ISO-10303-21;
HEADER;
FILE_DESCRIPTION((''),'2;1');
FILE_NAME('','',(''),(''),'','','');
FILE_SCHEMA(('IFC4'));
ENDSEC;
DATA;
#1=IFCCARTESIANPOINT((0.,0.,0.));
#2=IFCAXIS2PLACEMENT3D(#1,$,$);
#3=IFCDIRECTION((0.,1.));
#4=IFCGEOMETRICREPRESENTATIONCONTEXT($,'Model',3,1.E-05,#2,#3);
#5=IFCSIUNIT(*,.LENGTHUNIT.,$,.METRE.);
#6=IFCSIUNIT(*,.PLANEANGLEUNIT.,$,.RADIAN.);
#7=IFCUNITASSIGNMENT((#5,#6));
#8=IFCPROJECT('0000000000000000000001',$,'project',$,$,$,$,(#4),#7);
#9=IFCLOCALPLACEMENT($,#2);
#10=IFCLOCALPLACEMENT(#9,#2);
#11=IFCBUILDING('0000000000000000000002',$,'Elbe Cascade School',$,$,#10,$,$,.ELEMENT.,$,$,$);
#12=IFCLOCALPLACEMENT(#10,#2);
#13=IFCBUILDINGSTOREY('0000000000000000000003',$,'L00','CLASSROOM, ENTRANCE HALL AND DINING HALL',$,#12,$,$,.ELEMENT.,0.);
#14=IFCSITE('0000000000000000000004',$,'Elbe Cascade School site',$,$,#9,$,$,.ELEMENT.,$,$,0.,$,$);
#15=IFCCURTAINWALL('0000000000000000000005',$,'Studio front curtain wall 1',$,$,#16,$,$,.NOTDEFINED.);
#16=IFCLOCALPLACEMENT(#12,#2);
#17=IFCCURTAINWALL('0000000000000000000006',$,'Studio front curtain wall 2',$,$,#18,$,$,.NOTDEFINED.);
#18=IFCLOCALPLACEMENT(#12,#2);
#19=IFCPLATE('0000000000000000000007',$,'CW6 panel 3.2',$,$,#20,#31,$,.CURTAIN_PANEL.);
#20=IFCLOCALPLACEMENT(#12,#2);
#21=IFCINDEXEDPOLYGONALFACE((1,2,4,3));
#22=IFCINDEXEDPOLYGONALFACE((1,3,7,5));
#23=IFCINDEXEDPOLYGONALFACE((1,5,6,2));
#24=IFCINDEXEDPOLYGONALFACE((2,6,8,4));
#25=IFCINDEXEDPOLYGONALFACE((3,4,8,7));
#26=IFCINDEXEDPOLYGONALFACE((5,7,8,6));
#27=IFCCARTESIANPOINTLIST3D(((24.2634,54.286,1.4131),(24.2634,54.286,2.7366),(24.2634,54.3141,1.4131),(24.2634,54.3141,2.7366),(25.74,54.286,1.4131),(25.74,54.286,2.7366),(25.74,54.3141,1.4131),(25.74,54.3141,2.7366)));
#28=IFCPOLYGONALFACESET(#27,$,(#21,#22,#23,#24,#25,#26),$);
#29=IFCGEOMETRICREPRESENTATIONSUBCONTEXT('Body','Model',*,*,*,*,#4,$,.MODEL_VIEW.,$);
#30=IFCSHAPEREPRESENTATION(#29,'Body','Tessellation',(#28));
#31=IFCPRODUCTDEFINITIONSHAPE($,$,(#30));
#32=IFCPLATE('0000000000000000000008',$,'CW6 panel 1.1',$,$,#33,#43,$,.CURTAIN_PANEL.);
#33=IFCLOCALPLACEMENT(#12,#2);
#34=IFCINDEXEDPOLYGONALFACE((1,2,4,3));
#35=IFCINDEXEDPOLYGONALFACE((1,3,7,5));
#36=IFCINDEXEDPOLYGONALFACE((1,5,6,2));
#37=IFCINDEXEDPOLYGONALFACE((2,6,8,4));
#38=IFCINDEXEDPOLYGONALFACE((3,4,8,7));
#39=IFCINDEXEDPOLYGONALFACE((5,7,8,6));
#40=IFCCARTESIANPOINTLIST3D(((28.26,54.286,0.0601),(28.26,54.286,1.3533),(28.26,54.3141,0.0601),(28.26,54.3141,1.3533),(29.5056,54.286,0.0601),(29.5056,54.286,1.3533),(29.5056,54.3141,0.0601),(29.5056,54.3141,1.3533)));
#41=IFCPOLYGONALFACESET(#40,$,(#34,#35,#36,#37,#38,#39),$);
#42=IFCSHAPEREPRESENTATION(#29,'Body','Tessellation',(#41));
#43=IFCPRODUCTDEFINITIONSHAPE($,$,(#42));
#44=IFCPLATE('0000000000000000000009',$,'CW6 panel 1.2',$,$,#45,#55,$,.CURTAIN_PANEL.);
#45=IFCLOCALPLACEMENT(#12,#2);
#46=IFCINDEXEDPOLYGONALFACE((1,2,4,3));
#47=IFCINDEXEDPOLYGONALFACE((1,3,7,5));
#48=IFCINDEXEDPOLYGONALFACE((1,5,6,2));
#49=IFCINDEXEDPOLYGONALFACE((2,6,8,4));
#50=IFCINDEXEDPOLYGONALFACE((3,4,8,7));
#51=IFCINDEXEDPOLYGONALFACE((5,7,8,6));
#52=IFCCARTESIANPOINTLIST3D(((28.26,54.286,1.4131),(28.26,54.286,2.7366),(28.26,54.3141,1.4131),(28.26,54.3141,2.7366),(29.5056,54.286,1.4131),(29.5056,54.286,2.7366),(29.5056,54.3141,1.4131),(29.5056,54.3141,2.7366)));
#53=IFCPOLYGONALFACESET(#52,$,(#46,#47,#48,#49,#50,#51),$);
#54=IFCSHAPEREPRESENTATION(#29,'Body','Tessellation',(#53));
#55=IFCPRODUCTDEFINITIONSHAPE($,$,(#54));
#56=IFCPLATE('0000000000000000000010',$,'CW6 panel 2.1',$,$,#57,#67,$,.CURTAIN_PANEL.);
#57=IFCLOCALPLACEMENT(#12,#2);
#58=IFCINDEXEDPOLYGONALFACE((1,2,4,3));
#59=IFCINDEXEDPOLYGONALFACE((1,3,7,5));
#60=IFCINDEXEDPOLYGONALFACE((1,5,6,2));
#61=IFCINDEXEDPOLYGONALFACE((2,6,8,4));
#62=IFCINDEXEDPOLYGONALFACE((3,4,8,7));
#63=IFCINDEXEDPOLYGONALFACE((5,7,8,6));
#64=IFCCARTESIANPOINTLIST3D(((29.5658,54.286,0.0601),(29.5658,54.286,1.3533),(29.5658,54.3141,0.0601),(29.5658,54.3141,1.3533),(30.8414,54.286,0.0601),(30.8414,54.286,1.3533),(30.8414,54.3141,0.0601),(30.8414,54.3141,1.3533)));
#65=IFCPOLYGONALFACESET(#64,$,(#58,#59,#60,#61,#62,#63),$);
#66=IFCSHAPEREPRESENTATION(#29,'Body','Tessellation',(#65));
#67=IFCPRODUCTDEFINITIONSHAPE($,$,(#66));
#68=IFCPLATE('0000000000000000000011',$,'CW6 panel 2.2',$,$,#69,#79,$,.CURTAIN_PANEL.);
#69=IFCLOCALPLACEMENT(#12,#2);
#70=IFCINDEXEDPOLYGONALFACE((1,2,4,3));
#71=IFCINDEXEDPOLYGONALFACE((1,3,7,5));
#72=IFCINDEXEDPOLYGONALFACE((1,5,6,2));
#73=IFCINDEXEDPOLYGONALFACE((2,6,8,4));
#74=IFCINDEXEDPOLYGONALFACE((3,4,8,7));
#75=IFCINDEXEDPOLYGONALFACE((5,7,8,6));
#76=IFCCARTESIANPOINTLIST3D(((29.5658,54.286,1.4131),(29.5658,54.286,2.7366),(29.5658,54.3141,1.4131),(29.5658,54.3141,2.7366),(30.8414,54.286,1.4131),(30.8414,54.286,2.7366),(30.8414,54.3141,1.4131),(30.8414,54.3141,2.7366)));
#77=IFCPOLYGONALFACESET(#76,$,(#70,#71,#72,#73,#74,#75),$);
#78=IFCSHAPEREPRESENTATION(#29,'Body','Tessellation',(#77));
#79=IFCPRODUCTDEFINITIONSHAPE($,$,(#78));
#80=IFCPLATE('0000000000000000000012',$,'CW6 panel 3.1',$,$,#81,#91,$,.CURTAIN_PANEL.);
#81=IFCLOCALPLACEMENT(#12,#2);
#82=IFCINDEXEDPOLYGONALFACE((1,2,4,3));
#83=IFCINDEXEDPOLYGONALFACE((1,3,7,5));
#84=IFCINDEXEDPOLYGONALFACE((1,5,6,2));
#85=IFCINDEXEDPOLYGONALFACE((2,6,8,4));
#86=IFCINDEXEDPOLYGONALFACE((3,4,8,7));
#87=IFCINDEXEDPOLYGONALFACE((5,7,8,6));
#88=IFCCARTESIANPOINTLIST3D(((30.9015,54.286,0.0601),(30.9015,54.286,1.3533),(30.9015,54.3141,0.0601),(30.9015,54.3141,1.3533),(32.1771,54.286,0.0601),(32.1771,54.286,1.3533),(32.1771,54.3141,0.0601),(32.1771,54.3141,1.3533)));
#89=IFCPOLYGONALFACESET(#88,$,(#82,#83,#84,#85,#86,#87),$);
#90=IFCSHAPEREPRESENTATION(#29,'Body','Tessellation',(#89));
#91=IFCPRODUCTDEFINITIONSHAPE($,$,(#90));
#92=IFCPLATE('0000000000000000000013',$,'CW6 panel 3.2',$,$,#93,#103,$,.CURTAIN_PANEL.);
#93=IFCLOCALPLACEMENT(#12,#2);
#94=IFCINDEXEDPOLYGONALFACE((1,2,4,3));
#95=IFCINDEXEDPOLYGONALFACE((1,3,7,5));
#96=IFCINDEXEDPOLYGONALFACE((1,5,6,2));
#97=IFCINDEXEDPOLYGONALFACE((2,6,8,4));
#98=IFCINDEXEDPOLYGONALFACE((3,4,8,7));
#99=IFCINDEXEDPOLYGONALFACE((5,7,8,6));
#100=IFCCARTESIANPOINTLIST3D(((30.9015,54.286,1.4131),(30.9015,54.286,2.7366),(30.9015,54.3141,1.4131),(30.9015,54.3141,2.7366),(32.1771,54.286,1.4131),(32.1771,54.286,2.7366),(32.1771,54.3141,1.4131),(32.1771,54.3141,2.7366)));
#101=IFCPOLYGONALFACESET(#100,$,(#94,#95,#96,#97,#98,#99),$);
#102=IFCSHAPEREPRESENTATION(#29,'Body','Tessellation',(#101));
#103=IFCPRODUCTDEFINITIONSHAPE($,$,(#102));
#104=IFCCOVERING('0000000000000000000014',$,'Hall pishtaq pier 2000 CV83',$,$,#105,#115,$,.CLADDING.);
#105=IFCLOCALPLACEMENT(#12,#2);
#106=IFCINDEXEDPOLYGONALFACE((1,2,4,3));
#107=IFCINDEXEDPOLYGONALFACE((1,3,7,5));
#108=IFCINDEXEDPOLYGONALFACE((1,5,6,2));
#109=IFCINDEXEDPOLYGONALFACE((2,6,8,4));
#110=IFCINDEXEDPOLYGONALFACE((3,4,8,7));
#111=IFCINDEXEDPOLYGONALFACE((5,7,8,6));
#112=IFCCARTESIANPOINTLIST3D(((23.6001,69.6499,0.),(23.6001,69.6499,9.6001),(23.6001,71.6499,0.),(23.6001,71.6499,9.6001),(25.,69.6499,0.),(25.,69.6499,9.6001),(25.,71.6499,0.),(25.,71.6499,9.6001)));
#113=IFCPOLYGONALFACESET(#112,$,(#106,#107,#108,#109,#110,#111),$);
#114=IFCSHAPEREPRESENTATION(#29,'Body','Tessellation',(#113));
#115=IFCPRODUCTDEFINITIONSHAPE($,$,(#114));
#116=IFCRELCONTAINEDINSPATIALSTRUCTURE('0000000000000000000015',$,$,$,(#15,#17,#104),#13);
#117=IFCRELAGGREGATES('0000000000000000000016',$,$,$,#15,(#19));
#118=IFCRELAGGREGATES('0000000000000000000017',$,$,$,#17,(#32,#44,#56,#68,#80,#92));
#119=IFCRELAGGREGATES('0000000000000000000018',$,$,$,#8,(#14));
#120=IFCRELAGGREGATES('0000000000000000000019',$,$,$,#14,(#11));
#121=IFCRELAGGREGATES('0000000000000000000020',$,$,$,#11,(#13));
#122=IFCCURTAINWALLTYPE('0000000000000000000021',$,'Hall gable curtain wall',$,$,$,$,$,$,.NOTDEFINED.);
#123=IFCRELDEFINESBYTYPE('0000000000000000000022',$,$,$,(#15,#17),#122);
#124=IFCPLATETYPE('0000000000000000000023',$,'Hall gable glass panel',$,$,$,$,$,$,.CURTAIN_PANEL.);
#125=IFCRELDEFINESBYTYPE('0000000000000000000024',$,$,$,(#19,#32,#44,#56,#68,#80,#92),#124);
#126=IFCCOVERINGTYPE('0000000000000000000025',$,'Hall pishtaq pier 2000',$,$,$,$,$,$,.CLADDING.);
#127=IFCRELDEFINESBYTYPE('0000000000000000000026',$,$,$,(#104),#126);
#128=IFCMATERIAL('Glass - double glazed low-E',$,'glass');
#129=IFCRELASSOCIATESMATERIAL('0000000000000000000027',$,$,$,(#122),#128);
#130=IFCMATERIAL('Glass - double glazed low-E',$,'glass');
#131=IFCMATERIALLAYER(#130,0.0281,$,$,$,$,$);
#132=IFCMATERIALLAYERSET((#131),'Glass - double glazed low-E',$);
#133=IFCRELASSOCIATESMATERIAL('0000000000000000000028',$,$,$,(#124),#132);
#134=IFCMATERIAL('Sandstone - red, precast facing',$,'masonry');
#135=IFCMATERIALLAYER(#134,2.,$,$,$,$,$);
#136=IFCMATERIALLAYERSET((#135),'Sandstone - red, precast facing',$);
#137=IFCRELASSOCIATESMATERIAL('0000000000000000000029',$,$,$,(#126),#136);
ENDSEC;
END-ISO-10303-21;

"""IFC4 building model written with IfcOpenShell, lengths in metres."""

from ifc_helpers import new_model, si_unit, direction, frame, frame_2d, origin, origin_2d, place, context, subcontext, project, spatial, rectangle, extrude, material, layer, layer_set, type_object, element, aggregate, save


model = new_model("IFC4")

# Units and contexts
model_context = context("Model", 3, precision=1e-05, world=origin(), true_north=direction((0.0, 1.0)))
body_context = subcontext(model_context, "Body", "Model", "MODEL_VIEW")
ifc_project = project(units=[si_unit("LENGTHUNIT", "METRE"), si_unit("PLANEANGLEUNIT", "RADIAN")], contexts=[model_context])

# Site, building, storey
site_placement = place(None, origin())
site = spatial("IfcSite", under=ifc_project, at=site_placement, Name="Elbe Cascade School site", CompositionType="ELEMENT", RefElevation=0.0)
building_placement = place(site_placement, origin())
building = spatial("IfcBuilding", under=site, at=building_placement, Name="Elbe Cascade School", CompositionType="ELEMENT")
storey_placement = place(building_placement, origin())
storey = spatial("IfcBuildingStorey", under=building, at=storey_placement, Name="L00", Description="CLASSROOM, ENTRANCE HALL AND DINING HALL", CompositionType="ELEMENT", Elevation=0.0)

# Curtain walls
ifc_material_1 = material(Name="Glass - double glazed low-E", Category="glass")
curtain_wall_type = type_object("IfcCurtainWallType", Name="Hall gable curtain wall", PredefinedType="NOTDEFINED", material=ifc_material_1)
curtain_wall_1_placement = place(storey_placement, origin())
curtain_wall_1 = element("IfcCurtainWall", 1, at=curtain_wall_1_placement, inside=storey, type_object=curtain_wall_type, Name="Studio front curtain wall 1", PredefinedType="NOTDEFINED")
curtain_wall_2_placement = place(storey_placement, origin())
curtain_wall_2 = element("IfcCurtainWall", 2, at=curtain_wall_2_placement, inside=storey, type_object=curtain_wall_type, Name="Studio front curtain wall 2", PredefinedType="NOTDEFINED")

# Plates
ifc_material_2 = material(Name="Glass - double glazed low-E", Category="glass")
ifc_layer_1 = layer(ifc_material_2, 0.0281)
ifc_layer_set_1 = layer_set([ifc_layer_1], Name="Glass - double glazed low-E")
plate_type = type_object("IfcPlateType", Name="Hall gable glass panel", PredefinedType="CURTAIN_PANEL", material=ifc_layer_set_1)
plate_1_placement = place(storey_placement, frame((25.0017, 54.3, 1.4131), z_axis=(0.0, 0.0, 1.0), x_axis=(1.0, 0.0, 0.0)))
plate_1 = element("IfcPlate", 3, at=plate_1_placement, type_object=plate_type, Name="CW6 panel 3.2", PredefinedType="CURTAIN_PANEL", context=body_context, shape_type="SweptSolid", body=[
    extrude(rectangle(XDim=1.4766, YDim=0.0281, at=origin_2d()), origin(), (0.0, 0.0, 1.0), 1.3235),
])
aggregate(curtain_wall_1, [plate_1])
plate_2_placement = place(storey_placement, frame((28.8828, 54.3, 0.0601), z_axis=(0.0, 0.0, 1.0), x_axis=(1.0, 0.0, 0.0)))
plate_2 = element("IfcPlate", 4, at=plate_2_placement, type_object=plate_type, Name="CW6 panel 1.1", PredefinedType="CURTAIN_PANEL", context=body_context, shape_type="SweptSolid", body=[
    extrude(rectangle(XDim=1.2456, YDim=0.0281, at=origin_2d()), origin(), (0.0, 0.0, 1.0), 1.2932),
])
plate_3_placement = place(storey_placement, frame((28.8828, 54.3, 1.4131), z_axis=(0.0, 0.0, 1.0), x_axis=(1.0, 0.0, 0.0)))
plate_3 = element("IfcPlate", 5, at=plate_3_placement, type_object=plate_type, Name="CW6 panel 1.2", PredefinedType="CURTAIN_PANEL", context=body_context, shape_type="SweptSolid", body=[
    extrude(rectangle(XDim=1.2456, YDim=0.0281, at=origin_2d()), origin(), (0.0, 0.0, 1.0), 1.3235),
])
plate_4_placement = place(storey_placement, frame((30.2036, 54.3, 0.0601), z_axis=(0.0, 0.0, 1.0), x_axis=(1.0, 0.0, 0.0)))
plate_4 = element("IfcPlate", 6, at=plate_4_placement, type_object=plate_type, Name="CW6 panel 2.1", PredefinedType="CURTAIN_PANEL", context=body_context, shape_type="SweptSolid", body=[
    extrude(rectangle(XDim=1.2756, YDim=0.0281, at=origin_2d()), origin(), (0.0, 0.0, 1.0), 1.2932),
])
plate_5_placement = place(storey_placement, frame((30.2036, 54.3, 1.4131), z_axis=(0.0, 0.0, 1.0), x_axis=(1.0, 0.0, 0.0)))
plate_5 = element("IfcPlate", 7, at=plate_5_placement, type_object=plate_type, Name="CW6 panel 2.2", PredefinedType="CURTAIN_PANEL", context=body_context, shape_type="SweptSolid", body=[
    extrude(rectangle(XDim=1.2756, YDim=0.0281, at=origin_2d()), origin(), (0.0, 0.0, 1.0), 1.3235),
])
plate_6_placement = place(storey_placement, frame((31.5393, 54.3, 0.0601), z_axis=(0.0, 0.0, 1.0), x_axis=(1.0, 0.0, 0.0)))
plate_6 = element("IfcPlate", 8, at=plate_6_placement, type_object=plate_type, Name="CW6 panel 3.1", PredefinedType="CURTAIN_PANEL", context=body_context, shape_type="SweptSolid", body=[
    extrude(rectangle(XDim=1.2756, YDim=0.0281, at=origin_2d()), origin(), (0.0, 0.0, 1.0), 1.2932),
])
plate_7_placement = place(storey_placement, frame((31.5393, 54.3, 1.4131), z_axis=(0.0, 0.0, 1.0), x_axis=(1.0, 0.0, 0.0)))
plate_7 = element("IfcPlate", 9, at=plate_7_placement, type_object=plate_type, Name="CW6 panel 3.2", PredefinedType="CURTAIN_PANEL", context=body_context, shape_type="SweptSolid", body=[
    extrude(rectangle(XDim=1.2756, YDim=0.0281, at=origin_2d()), origin(), (0.0, 0.0, 1.0), 1.3235),
])
aggregate(curtain_wall_2, [plate_2, plate_3, plate_4, plate_5, plate_6, plate_7])

# Covering
ifc_material_3 = material(Name="Sandstone - red, precast facing", Category="masonry")
ifc_layer_2 = layer(ifc_material_3, 2.0)
ifc_layer_set_2 = layer_set([ifc_layer_2], Name="Sandstone - red, precast facing")
covering_type = type_object("IfcCoveringType", Name="Hall pishtaq pier 2000", PredefinedType="CLADDING", material=ifc_layer_set_2)
covering_placement = place(storey_placement, frame((23.6001, 70.6499, 0.0), z_axis=(0.0, 0.0, 1.0), x_axis=(1.0, 0.0, 0.0)))
element("IfcCovering", 10, at=covering_placement, inside=storey, type_object=covering_type, Name="Hall pishtaq pier 2000 CV83", PredefinedType="CLADDING", context=body_context, shape_type="SweptSolid", body=[
    extrude(rectangle(XDim=1.3999, YDim=2.0, at=frame_2d((0.7, 0.0))), origin(), (0.0, 0.0, 1.0), 9.6001),
])

save(model, "model.ifc")
